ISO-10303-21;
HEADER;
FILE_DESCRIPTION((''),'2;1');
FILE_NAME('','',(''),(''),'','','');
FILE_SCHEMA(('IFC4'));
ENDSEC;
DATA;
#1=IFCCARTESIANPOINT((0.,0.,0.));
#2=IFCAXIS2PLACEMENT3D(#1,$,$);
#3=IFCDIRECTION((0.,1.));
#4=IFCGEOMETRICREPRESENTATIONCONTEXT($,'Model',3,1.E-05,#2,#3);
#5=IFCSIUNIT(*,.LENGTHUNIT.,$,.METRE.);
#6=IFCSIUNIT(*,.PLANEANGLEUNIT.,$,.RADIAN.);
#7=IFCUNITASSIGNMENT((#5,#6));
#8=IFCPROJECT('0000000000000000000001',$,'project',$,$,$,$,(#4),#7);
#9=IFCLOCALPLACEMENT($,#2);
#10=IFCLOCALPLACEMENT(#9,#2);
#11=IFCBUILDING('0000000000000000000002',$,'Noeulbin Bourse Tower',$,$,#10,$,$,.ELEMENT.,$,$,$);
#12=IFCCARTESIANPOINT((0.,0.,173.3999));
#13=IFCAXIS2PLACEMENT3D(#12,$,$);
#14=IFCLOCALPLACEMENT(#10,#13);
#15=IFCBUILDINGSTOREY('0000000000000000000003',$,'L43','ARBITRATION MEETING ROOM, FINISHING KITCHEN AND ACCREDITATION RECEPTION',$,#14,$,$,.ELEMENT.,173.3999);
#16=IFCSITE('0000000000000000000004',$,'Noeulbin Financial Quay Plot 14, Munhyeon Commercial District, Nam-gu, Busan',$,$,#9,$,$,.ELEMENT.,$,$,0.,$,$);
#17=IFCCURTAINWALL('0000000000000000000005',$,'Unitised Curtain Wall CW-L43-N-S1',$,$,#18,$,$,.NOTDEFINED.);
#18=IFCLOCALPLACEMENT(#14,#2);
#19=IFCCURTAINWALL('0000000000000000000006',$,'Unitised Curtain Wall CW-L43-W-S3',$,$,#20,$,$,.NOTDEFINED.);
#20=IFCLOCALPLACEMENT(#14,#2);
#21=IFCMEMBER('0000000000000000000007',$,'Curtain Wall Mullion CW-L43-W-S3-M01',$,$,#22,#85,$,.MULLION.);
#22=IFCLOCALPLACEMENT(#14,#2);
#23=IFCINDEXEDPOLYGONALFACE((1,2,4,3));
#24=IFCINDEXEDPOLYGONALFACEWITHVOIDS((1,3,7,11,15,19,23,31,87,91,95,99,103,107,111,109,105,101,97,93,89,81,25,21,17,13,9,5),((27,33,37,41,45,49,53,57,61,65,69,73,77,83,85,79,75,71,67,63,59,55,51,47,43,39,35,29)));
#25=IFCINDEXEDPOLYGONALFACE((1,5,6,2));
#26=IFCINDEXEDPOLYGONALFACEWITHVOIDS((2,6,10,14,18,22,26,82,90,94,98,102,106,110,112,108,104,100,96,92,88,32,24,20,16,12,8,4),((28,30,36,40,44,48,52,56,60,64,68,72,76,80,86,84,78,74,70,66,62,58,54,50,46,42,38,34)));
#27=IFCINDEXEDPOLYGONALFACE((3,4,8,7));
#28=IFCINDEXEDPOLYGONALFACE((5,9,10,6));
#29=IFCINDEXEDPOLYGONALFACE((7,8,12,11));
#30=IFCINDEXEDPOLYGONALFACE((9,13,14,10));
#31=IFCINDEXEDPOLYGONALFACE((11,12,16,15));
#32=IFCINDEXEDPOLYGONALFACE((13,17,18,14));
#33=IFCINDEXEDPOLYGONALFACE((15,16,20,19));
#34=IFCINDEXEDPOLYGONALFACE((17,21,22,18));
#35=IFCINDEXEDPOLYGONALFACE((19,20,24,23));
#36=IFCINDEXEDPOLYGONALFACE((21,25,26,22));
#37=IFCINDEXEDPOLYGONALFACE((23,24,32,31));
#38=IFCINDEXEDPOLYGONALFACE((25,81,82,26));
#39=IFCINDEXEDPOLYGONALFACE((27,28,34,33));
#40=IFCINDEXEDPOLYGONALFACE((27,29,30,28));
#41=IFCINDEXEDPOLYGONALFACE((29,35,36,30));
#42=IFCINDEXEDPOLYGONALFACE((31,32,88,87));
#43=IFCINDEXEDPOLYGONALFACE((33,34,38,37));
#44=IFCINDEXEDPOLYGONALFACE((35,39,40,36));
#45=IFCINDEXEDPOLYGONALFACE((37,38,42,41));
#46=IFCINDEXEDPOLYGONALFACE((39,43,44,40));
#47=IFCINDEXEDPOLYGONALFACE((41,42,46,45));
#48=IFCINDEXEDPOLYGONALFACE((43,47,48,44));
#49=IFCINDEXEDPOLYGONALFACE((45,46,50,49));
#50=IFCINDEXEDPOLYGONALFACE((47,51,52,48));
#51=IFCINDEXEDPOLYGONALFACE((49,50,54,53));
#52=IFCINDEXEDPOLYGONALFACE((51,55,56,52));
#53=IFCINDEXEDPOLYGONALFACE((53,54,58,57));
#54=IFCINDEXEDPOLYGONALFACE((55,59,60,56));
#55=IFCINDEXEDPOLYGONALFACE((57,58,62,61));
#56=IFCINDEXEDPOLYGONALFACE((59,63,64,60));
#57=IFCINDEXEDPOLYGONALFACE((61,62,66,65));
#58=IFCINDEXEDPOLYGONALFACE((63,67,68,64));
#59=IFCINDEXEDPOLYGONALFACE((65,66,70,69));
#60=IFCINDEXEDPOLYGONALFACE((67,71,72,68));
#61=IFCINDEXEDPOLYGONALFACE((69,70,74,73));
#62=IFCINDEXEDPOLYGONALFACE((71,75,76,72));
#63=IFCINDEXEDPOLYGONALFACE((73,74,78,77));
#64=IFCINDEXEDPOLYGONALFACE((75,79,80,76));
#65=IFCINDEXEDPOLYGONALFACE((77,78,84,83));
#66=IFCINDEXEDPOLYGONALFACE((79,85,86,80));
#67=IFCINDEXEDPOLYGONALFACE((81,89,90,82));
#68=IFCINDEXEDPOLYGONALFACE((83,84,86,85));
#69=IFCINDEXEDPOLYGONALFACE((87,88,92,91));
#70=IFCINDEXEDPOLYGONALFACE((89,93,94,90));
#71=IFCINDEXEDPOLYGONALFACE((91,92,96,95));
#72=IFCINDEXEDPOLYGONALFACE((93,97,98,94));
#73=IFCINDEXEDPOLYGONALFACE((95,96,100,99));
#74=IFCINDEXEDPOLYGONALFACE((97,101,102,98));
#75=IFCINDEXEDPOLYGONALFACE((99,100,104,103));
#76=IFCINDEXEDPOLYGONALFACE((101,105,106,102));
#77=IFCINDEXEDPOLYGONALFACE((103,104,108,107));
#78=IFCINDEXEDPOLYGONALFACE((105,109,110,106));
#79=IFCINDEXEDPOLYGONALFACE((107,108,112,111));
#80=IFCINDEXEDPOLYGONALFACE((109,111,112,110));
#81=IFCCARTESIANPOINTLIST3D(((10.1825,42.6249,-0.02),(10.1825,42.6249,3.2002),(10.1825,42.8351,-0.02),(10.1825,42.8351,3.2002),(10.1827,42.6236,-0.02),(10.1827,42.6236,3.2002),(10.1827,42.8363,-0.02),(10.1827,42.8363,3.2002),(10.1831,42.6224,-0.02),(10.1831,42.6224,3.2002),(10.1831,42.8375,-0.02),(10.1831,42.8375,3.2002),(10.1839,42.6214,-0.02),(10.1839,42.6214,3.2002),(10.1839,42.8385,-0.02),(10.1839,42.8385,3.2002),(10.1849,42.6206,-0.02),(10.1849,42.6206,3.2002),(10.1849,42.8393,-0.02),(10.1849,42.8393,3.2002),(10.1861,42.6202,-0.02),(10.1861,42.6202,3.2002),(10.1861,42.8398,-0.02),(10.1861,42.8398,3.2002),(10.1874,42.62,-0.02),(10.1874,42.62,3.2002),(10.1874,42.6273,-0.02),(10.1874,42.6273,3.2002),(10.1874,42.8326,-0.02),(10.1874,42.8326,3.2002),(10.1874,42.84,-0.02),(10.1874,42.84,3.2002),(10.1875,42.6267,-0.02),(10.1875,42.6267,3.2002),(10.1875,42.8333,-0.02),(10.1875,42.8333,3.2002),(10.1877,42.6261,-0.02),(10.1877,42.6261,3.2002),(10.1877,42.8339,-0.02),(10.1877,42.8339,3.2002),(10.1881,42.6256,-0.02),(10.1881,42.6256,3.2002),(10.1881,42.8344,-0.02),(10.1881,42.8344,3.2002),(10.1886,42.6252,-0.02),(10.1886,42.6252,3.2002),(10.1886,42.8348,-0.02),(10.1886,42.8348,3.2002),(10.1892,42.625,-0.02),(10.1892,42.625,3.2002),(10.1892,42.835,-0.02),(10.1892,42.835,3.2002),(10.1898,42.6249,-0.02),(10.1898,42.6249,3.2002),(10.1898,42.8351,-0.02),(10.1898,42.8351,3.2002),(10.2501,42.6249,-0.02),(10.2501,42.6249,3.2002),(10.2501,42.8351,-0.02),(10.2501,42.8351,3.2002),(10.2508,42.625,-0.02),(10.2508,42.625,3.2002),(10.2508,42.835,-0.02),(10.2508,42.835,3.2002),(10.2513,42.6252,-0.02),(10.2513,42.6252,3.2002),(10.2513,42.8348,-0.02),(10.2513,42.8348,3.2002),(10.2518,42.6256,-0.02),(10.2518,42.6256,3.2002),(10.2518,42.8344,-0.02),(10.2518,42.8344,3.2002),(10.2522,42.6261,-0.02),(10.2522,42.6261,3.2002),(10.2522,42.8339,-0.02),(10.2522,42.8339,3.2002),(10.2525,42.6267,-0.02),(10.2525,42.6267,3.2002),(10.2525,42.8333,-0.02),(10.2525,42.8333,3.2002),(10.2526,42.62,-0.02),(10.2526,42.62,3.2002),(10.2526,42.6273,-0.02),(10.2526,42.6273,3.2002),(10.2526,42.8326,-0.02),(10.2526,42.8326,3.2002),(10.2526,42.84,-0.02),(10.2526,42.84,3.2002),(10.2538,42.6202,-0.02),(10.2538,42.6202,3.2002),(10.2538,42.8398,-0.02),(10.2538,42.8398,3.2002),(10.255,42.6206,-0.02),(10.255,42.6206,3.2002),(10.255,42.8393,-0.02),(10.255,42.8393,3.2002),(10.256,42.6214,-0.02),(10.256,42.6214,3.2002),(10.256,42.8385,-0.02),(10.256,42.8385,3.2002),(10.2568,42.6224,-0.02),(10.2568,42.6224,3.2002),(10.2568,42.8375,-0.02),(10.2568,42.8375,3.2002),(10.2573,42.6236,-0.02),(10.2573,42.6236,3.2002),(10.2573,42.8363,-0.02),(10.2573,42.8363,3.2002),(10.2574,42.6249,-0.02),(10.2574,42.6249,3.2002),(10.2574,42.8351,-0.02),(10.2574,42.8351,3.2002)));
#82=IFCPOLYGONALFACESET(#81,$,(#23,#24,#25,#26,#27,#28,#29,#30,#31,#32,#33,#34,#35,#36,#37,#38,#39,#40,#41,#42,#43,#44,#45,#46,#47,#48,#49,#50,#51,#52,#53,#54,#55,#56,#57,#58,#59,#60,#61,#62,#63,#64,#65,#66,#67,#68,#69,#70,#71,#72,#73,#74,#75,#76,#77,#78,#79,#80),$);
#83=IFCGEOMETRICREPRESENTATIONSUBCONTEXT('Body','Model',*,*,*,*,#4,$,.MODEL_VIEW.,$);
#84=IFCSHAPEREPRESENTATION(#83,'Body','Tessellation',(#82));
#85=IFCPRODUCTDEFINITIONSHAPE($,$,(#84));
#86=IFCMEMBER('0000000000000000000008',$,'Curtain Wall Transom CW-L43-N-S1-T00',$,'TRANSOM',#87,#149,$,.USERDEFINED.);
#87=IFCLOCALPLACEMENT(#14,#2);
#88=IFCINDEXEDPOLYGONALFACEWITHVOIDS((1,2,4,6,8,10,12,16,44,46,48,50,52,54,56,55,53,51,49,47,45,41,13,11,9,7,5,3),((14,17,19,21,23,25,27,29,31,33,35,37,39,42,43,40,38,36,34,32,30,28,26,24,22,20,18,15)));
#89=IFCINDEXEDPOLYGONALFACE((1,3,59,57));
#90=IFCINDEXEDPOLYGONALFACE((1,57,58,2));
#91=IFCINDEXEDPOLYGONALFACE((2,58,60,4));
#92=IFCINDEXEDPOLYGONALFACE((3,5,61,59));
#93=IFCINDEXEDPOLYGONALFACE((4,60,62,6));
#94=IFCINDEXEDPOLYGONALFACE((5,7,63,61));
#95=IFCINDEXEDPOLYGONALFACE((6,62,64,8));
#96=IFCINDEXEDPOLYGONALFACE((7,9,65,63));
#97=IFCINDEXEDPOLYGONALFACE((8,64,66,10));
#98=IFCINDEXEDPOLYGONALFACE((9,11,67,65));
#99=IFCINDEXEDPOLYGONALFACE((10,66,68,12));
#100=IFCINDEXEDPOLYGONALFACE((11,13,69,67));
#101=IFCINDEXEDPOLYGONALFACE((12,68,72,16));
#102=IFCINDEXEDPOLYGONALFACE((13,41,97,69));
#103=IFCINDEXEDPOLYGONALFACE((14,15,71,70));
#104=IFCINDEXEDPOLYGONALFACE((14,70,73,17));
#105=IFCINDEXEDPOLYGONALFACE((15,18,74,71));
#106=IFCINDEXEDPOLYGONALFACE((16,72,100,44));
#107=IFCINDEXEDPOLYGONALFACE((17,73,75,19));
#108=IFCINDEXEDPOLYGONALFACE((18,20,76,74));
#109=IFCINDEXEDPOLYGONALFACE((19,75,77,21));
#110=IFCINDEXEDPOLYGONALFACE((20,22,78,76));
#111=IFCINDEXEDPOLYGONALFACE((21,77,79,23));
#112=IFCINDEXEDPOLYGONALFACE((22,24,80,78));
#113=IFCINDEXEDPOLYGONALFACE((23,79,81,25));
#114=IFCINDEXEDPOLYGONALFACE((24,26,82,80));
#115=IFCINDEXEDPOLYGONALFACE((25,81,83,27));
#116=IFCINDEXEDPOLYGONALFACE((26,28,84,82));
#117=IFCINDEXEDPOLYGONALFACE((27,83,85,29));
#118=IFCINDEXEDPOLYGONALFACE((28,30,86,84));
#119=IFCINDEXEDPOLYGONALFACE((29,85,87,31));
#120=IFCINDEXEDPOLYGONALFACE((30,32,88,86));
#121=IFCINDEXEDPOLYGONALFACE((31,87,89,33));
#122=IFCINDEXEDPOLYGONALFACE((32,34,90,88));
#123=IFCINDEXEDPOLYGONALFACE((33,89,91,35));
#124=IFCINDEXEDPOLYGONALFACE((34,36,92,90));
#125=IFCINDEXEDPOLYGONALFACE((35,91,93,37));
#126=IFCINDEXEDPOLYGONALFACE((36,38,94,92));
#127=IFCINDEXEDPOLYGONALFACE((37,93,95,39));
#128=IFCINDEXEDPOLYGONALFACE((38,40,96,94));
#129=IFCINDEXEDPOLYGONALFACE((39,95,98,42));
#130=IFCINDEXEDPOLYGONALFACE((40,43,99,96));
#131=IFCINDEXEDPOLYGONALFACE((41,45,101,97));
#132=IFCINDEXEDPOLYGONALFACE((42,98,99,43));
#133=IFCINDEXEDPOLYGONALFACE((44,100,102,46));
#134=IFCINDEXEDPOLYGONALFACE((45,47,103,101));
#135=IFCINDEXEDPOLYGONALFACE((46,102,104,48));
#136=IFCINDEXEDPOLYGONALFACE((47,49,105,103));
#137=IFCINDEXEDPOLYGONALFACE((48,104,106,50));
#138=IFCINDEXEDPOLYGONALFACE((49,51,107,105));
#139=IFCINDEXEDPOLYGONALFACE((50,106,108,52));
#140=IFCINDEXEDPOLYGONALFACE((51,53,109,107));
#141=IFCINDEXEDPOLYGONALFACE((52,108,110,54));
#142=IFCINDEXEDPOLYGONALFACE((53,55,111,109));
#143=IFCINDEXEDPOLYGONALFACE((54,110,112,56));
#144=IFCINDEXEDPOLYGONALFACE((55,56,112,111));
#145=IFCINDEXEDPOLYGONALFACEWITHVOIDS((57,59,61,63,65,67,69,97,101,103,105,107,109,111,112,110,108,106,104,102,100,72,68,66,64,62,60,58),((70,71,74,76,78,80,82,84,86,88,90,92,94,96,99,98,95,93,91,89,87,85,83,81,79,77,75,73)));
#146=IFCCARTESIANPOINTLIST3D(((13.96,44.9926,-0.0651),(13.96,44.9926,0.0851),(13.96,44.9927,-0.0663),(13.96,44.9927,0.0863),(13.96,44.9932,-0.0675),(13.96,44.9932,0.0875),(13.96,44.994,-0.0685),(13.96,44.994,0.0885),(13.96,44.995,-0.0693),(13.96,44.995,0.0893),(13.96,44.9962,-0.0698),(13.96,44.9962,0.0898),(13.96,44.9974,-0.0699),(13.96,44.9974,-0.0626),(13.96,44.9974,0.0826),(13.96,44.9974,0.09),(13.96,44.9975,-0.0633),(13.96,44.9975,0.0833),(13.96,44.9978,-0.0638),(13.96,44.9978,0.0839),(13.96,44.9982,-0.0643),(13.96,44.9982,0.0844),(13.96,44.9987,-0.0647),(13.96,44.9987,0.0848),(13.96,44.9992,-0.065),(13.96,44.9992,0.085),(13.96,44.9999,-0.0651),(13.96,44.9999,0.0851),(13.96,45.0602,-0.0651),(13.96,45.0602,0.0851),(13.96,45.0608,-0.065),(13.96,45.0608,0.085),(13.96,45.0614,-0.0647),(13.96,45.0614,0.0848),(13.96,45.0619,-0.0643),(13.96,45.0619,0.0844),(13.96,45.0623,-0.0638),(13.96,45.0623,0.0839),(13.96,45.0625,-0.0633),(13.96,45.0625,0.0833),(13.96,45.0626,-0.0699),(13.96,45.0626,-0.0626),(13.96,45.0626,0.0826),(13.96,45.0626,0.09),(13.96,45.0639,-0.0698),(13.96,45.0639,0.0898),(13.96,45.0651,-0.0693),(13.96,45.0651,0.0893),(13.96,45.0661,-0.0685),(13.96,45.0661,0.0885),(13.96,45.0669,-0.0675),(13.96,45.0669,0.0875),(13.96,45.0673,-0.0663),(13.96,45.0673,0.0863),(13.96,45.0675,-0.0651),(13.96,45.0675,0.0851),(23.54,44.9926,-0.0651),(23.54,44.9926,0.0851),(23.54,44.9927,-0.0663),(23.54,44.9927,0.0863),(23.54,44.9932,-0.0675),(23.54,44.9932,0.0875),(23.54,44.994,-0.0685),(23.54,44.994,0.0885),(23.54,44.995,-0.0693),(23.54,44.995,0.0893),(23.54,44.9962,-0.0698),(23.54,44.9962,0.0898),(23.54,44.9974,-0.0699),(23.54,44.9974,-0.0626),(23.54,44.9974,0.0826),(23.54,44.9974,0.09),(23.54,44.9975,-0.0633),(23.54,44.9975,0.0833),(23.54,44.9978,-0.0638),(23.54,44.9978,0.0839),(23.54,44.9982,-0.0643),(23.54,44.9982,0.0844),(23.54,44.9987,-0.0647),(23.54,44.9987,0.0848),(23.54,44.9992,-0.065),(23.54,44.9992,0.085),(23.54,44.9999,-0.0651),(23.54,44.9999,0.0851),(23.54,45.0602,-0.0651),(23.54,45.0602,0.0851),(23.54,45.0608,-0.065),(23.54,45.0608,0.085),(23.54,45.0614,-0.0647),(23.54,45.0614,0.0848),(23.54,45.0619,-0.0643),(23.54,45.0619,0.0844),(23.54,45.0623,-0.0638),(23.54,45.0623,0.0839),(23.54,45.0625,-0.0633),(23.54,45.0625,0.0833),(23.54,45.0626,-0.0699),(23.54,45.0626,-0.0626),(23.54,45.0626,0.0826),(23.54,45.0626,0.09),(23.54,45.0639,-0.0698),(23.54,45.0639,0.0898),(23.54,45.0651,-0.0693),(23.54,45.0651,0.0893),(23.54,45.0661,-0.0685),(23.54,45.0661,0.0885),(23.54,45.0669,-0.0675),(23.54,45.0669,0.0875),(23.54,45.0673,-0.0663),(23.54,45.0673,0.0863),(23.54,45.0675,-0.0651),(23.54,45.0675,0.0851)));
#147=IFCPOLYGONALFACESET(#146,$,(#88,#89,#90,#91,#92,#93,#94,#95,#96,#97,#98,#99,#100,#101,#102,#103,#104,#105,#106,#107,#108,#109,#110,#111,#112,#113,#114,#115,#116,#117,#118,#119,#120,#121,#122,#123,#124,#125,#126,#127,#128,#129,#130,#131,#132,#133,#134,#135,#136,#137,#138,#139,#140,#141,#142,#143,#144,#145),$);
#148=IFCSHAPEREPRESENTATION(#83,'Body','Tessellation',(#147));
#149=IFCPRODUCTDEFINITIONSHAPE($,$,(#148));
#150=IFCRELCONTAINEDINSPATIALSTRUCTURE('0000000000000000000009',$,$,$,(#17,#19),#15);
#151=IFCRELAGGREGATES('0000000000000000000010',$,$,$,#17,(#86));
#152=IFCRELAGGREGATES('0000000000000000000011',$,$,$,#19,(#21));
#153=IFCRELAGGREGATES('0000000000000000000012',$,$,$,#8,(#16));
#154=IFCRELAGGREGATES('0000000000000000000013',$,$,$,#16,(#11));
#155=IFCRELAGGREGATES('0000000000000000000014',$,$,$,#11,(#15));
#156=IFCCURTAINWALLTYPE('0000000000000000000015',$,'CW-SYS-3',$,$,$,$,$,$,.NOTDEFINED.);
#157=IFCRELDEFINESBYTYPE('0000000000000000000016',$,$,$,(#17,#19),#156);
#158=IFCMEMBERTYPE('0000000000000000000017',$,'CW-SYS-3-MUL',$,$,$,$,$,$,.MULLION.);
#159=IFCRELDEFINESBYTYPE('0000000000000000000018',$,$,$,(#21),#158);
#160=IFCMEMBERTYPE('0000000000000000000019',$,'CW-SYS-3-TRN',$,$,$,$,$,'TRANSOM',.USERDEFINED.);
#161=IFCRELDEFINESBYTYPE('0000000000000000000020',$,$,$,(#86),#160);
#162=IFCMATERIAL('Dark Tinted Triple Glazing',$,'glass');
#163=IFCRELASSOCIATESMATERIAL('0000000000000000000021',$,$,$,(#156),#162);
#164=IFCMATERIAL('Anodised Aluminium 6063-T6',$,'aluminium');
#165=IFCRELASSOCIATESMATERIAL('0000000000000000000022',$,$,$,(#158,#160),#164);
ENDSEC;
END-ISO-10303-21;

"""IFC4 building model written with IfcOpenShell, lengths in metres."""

from ifc_helpers import new_model, si_unit, direction, frame, origin, origin_2d, place, context, subcontext, project, spatial, hollow_rectangle, extrude, material, material_profile, profile_set, type_object, element, aggregate, save


model = new_model("IFC4")

# Units and contexts
model_context = context("Model", 3, precision=1e-05, world=origin(), true_north=direction((0.0, 1.0)))
body_context = subcontext(model_context, "Body", "Model", "MODEL_VIEW")
ifc_project = project(units=[si_unit("LENGTHUNIT", "METRE"), si_unit("PLANEANGLEUNIT", "RADIAN")], contexts=[model_context])

# Site, building, storey
site_placement = place(None, origin())
site = spatial("IfcSite", under=ifc_project, at=site_placement, Name="Noeulbin Financial Quay Plot 14, Munhyeon Commercial District, Nam-gu, Busan", CompositionType="ELEMENT", RefElevation=0.0)
building_placement = place(site_placement, origin())
building = spatial("IfcBuilding", under=site, at=building_placement, Name="Noeulbin Bourse Tower", CompositionType="ELEMENT")
storey_placement = place(building_placement, frame((0.0, 0.0, 173.3999)))
storey = spatial("IfcBuildingStorey", under=building, at=storey_placement, Name="L43", Description="ARBITRATION MEETING ROOM, FINISHING KITCHEN AND ACCREDITATION RECEPTION", CompositionType="ELEMENT", Elevation=173.3999)

# Curtain wall
ifc_material_1 = material(Name="Dark Tinted Triple Glazing", Category="glass")
curtain_wall_type = type_object("IfcCurtainWallType", Name="CW-SYS-3", PredefinedType="NOTDEFINED", material=ifc_material_1)
curtain_wall_1_placement = place(storey_placement, origin())
curtain_wall_1 = element("IfcCurtainWall", 1, at=curtain_wall_1_placement, inside=storey, type_object=curtain_wall_type, Name="Unitised Curtain Wall CW-L43-N-S1", PredefinedType="NOTDEFINED")
ifc_material_2 = material(Name="Anodised Aluminium 6063-T6", Category="aluminium")
ifc_material_profile_1 = material_profile(ifc_material_2, hollow_rectangle(XDim=0.075, YDim=0.22, WallThickness=0.0049, InnerFilletRadius=0.0024, OuterFilletRadius=0.0049, at=origin_2d()), Name="ALU-MULL-75x220x5", Category="LoadBearing")
ifc_profile_set_1 = profile_set([ifc_material_profile_1], Name="Anodised Aluminium 6063-T6")
member_type_1 = type_object("IfcMemberType", Name="CW-SYS-3-MUL", PredefinedType="MULLION", material=ifc_profile_set_1)

# Curtain wall, member
curtain_wall_2_placement = place(storey_placement, origin())
curtain_wall_2 = element("IfcCurtainWall", 2, at=curtain_wall_2_placement, inside=storey, type_object=curtain_wall_type, Name="Unitised Curtain Wall CW-L43-W-S3", PredefinedType="NOTDEFINED")
member_1_placement = place(storey_placement, frame((10.22, 42.73, -0.02), z_axis=(0.0, 0.0, 1.0), x_axis=(1.0, 0.0, 0.0)))
member_1 = element("IfcMember", 3, at=member_1_placement, type_object=member_type_1, Name="Curtain Wall Mullion CW-L43-W-S3-M01", PredefinedType="MULLION", context=body_context, shape_type="SweptSolid", body=[
    extrude(hollow_rectangle(XDim=0.075, YDim=0.22, WallThickness=0.0049, InnerFilletRadius=0.0024, OuterFilletRadius=0.0049, at=origin_2d()), origin(), (0.0, 0.0, 1.0), 3.2202),
])

# Member
ifc_material_profile_2 = material_profile(ifc_material_2, hollow_rectangle(XDim=0.075, YDim=0.1599, WallThickness=0.0049, InnerFilletRadius=0.0024, OuterFilletRadius=0.0049, at=origin_2d()), Name="ALU-TRAN-75x160x5", Category="LoadBearing")
ifc_profile_set_2 = profile_set([ifc_material_profile_2], Name="Anodised Aluminium 6063-T6")
member_type_2 = type_object("IfcMemberType", Name="CW-SYS-3-TRN", ElementType="TRANSOM", PredefinedType="USERDEFINED", material=ifc_profile_set_2)
member_2_placement = place(storey_placement, frame((13.96, 45.03, 0.01), z_axis=(1.0, 0.0, 0.0), x_axis=(0.0, 1.0, 0.0)))
member_2 = element("IfcMember", 4, at=member_2_placement, type_object=member_type_2, Name="Curtain Wall Transom CW-L43-N-S1-T00", ObjectType="TRANSOM", PredefinedType="USERDEFINED", context=body_context, shape_type="SweptSolid", body=[
    extrude(hollow_rectangle(XDim=0.075, YDim=0.1599, WallThickness=0.0049, InnerFilletRadius=0.0024, OuterFilletRadius=0.0049, at=origin_2d()), origin(), (0.0, 0.0, 1.0), 9.5801),
])
aggregate(curtain_wall_1, [member_2])

aggregate(curtain_wall_2, [member_1])

save(model, "model.ifc")
